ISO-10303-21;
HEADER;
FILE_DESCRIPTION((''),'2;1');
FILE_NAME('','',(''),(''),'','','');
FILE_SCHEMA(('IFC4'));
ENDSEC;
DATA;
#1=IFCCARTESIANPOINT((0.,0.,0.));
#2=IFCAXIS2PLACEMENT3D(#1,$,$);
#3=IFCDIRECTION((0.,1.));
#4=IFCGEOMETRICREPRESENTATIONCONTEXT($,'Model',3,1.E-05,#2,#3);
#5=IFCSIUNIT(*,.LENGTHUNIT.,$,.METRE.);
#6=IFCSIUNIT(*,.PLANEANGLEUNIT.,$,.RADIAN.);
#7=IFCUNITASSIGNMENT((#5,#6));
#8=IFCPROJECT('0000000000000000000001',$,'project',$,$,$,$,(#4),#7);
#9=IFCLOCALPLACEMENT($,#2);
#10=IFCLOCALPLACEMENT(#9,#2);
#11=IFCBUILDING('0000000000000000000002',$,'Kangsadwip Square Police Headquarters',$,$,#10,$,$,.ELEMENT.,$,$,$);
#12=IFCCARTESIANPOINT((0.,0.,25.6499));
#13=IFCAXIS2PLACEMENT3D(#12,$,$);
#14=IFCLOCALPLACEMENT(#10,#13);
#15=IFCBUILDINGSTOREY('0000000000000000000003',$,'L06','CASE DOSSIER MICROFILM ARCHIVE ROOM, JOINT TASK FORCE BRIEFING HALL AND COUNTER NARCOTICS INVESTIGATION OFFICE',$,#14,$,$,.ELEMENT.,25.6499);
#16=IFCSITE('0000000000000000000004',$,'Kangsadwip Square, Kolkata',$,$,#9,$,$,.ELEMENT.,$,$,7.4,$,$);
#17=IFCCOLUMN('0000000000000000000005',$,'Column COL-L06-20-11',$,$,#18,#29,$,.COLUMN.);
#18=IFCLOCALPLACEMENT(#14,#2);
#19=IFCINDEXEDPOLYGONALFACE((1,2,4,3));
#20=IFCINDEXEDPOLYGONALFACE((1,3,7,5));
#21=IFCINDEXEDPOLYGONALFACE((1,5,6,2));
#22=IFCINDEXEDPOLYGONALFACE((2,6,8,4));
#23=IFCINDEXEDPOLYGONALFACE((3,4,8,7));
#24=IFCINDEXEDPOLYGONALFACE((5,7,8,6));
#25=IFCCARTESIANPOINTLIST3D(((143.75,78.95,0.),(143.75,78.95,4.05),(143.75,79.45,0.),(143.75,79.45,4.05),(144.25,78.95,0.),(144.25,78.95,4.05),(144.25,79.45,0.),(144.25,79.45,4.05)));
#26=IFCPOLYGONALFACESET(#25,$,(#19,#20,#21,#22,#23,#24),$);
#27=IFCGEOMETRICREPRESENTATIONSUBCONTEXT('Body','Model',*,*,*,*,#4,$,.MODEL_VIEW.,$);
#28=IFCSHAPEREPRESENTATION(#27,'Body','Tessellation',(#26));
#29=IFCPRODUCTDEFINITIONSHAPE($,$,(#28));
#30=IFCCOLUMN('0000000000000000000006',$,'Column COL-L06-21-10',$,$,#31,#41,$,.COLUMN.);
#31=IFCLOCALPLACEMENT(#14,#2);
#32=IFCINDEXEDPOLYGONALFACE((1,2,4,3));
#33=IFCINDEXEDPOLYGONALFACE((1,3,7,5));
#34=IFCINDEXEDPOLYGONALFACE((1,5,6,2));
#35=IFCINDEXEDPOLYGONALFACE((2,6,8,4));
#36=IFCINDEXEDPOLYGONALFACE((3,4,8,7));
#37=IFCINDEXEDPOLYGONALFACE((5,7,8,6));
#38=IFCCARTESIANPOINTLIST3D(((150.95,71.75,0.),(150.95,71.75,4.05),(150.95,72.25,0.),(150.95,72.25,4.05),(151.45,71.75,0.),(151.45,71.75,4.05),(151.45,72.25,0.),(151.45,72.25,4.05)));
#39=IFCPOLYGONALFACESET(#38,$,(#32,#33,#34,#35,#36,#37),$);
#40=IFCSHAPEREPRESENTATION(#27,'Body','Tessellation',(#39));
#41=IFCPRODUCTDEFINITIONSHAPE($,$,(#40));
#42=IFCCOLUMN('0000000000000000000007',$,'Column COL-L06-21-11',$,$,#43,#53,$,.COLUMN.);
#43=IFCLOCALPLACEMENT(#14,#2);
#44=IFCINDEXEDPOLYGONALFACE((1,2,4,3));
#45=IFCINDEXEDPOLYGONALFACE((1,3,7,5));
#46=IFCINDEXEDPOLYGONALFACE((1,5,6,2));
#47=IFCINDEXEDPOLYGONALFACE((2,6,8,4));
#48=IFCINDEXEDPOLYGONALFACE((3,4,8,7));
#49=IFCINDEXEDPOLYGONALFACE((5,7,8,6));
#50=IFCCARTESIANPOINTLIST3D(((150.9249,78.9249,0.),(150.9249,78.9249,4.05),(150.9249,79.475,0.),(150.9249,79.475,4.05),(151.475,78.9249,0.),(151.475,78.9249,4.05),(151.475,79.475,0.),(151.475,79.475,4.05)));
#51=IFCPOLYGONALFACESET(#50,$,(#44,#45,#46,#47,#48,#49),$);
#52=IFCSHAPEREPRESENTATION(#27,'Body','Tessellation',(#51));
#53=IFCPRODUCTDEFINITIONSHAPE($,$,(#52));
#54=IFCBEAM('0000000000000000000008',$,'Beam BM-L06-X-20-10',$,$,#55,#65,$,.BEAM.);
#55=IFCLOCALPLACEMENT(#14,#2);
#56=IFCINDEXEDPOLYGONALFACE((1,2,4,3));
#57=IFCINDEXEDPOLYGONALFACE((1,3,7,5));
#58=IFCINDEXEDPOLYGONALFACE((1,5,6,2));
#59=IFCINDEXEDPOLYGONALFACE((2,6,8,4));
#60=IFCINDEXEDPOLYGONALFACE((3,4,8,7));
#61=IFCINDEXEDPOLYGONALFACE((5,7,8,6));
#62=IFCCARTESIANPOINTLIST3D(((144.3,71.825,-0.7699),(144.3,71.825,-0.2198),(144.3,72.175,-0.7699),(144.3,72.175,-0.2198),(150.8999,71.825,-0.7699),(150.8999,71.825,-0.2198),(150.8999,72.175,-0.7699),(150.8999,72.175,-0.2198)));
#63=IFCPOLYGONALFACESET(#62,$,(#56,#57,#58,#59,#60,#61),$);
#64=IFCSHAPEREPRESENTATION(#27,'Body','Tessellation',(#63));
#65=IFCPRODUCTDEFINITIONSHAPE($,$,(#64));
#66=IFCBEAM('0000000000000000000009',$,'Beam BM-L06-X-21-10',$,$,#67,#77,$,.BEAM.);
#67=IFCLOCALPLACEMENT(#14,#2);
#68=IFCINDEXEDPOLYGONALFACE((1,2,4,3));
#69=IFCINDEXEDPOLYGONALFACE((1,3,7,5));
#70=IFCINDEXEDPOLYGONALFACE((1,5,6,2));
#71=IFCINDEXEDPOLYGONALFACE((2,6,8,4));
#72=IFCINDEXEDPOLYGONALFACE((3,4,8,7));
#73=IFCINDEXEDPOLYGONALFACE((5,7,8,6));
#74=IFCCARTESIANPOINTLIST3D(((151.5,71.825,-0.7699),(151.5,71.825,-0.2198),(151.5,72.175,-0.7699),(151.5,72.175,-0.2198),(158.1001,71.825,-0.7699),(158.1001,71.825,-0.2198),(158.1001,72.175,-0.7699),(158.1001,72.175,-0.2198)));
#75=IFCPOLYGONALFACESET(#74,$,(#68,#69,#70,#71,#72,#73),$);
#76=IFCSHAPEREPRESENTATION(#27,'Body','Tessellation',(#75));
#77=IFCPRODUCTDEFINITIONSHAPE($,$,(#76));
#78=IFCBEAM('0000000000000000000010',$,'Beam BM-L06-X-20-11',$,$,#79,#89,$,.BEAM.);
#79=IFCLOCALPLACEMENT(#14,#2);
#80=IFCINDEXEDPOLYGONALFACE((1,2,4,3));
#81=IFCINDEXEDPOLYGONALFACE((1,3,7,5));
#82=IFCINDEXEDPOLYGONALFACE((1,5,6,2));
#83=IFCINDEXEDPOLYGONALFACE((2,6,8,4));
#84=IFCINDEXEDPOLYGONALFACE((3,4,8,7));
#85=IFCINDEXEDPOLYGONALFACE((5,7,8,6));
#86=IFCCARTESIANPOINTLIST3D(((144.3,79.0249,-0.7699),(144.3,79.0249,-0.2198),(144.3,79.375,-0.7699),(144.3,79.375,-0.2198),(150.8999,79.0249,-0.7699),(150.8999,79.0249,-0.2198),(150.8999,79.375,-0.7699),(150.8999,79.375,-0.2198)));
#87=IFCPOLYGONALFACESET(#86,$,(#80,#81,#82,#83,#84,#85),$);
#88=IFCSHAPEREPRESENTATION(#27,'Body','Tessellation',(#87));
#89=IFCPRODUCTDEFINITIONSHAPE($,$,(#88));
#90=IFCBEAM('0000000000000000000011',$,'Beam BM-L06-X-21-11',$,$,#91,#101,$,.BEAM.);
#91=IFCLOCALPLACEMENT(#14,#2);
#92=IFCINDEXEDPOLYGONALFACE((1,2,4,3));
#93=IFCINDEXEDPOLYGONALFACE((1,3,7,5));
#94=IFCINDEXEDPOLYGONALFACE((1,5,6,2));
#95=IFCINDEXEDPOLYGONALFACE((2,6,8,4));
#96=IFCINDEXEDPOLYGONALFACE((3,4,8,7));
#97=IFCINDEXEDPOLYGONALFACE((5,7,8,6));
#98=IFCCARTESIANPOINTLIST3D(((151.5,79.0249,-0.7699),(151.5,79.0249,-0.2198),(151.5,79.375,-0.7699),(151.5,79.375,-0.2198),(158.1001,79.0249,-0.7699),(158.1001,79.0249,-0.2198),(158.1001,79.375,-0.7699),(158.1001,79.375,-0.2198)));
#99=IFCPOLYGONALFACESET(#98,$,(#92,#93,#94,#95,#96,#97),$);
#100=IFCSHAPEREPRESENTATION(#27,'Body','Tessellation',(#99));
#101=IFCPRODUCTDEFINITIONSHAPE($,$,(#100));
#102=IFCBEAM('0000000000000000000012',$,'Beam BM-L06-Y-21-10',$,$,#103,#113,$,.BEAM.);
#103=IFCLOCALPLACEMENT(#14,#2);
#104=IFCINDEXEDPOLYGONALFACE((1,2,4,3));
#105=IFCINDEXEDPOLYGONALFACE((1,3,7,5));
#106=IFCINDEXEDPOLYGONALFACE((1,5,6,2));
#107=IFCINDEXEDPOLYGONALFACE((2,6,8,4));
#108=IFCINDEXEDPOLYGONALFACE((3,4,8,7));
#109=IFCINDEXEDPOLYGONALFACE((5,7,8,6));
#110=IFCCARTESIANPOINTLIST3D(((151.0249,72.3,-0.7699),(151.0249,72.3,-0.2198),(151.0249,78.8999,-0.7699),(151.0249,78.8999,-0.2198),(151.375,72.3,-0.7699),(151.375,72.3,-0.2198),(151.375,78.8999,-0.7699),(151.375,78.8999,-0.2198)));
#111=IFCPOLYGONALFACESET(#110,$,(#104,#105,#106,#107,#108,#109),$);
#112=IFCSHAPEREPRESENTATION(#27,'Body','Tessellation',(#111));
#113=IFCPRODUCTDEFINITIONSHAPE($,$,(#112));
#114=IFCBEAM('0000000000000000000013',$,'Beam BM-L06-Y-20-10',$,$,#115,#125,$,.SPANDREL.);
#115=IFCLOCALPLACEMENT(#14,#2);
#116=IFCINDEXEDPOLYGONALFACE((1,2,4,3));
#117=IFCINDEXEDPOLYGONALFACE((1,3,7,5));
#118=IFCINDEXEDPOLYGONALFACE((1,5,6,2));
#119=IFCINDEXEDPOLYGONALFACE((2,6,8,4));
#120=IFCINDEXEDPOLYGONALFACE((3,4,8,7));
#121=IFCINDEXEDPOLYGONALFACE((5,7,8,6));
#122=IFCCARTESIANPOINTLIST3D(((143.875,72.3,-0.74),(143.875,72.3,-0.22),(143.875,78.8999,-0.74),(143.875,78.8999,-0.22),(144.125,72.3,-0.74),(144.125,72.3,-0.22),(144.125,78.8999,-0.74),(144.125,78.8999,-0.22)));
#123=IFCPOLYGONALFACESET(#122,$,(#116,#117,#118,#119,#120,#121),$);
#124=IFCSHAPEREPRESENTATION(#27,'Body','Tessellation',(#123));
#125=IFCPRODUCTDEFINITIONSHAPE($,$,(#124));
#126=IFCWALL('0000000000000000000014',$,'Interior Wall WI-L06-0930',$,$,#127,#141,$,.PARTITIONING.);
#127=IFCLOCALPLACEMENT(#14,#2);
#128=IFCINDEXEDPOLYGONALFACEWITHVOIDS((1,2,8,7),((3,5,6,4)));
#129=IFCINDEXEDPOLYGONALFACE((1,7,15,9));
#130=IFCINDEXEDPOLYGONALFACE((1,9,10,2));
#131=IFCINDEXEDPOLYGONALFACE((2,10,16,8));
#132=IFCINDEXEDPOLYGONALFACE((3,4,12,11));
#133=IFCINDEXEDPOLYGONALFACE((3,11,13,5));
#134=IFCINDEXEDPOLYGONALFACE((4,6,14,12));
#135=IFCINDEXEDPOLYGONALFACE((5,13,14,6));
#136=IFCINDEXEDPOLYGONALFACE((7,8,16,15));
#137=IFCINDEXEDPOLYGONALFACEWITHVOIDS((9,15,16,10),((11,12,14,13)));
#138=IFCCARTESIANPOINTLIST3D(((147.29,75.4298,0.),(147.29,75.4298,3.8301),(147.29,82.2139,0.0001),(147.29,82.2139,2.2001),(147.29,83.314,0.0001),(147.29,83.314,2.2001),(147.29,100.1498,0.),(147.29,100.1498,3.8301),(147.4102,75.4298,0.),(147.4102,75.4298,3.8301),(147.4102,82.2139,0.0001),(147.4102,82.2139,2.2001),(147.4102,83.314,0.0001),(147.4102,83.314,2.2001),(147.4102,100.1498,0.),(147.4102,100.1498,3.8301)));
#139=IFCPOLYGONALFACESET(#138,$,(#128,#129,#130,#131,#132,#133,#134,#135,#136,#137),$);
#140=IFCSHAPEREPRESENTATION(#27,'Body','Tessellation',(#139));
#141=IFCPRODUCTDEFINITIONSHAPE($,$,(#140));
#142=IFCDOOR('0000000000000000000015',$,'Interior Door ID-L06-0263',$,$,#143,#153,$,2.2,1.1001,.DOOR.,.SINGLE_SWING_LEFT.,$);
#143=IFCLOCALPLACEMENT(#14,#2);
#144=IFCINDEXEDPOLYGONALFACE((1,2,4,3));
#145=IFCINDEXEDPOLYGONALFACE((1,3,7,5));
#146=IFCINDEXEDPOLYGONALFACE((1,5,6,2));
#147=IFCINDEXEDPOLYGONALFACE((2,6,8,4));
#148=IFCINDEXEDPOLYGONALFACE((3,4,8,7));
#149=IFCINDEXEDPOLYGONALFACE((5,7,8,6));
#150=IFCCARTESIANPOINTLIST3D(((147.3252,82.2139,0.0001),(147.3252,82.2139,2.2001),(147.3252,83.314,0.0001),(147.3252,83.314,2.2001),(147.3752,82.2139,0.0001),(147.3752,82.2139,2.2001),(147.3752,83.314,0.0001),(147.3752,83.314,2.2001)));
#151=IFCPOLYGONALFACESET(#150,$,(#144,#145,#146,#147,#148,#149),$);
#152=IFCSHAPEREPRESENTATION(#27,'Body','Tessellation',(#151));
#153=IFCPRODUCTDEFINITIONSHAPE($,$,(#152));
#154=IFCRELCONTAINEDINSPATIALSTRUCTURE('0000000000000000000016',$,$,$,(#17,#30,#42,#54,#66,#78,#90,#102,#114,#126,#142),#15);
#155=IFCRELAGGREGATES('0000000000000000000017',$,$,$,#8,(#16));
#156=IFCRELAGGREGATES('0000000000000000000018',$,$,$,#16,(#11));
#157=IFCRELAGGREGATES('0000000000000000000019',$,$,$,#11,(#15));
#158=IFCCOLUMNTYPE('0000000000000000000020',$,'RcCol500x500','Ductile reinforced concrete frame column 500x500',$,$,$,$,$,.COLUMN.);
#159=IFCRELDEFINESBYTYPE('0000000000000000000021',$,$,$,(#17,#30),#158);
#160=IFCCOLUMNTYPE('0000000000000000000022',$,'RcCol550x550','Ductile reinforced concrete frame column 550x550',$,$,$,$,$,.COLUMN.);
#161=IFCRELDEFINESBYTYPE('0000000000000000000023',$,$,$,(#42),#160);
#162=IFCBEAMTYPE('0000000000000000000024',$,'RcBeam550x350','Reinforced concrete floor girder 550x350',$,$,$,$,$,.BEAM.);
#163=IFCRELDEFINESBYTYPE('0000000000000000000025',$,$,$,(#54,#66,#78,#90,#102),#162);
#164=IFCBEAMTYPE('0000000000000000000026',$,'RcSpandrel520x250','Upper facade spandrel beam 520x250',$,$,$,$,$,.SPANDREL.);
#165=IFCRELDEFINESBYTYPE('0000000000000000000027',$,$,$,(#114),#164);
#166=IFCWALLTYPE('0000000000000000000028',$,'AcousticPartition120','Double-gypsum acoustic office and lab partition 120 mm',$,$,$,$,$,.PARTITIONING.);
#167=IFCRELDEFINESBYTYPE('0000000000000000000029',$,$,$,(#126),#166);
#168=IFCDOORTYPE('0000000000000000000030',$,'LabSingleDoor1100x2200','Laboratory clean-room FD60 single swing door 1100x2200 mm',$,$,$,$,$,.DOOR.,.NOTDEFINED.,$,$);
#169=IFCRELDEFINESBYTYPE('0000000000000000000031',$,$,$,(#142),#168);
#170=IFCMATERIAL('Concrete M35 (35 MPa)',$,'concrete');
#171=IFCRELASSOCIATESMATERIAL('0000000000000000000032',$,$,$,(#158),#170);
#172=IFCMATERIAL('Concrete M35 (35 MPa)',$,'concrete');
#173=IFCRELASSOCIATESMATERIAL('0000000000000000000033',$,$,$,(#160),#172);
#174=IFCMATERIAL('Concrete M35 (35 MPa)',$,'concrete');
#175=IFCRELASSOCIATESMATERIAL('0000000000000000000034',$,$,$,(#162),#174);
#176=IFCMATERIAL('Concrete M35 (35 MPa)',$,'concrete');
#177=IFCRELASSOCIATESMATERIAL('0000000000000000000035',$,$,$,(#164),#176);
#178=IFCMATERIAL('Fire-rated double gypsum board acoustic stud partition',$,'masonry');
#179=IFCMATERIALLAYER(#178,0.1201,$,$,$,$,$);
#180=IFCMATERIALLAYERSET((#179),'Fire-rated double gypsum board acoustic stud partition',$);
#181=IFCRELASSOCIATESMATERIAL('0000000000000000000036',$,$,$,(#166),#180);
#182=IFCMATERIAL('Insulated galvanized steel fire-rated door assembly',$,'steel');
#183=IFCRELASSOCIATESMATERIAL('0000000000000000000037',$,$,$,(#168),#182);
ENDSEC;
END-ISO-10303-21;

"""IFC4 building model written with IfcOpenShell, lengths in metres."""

from ifc_helpers import new_model, si_unit, direction, frame, frame_2d, origin, origin_2d, place, context, subcontext, project, spatial, rectangle, extrude, material, layer, layer_set, material_profile, profile_set, type_object, element, fill, save


model = new_model("IFC4")

# Units and contexts
model_context = context("Model", 3, precision=1e-05, world=origin(), true_north=direction((0.0, 1.0)))
body_context = subcontext(model_context, "Body", "Model", "MODEL_VIEW")
ifc_project = project(units=[si_unit("LENGTHUNIT", "METRE"), si_unit("PLANEANGLEUNIT", "RADIAN")], contexts=[model_context])

# Site, building, storey
site_placement = place(None, origin())
site = spatial("IfcSite", under=ifc_project, at=site_placement, Name="Kangsadwip Square, Kolkata", CompositionType="ELEMENT", RefElevation=7.4)
building_placement = place(site_placement, origin())
building = spatial("IfcBuilding", under=site, at=building_placement, Name="Kangsadwip Square Police Headquarters", CompositionType="ELEMENT")
storey_placement = place(building_placement, frame((0.0, 0.0, 25.6499)))
storey = spatial("IfcBuildingStorey", under=building, at=storey_placement, Name="L06", Description="CASE DOSSIER MICROFILM ARCHIVE ROOM, JOINT TASK FORCE BRIEFING HALL AND COUNTER NARCOTICS INVESTIGATION OFFICE", CompositionType="ELEMENT", Elevation=25.6499)

# Columns
ifc_material_1 = material(Name="Concrete M35 (35 MPa)", Category="concrete")
ifc_material_profile_1 = material_profile(ifc_material_1, rectangle(XDim=0.5, YDim=0.5, at=origin_2d()), Name="RC COL 500X500")
ifc_profile_set_1 = profile_set([ifc_material_profile_1], Name="Concrete M35 (35 MPa)")
column_type_1 = type_object("IfcColumnType", Name="RcCol500x500", Description="Ductile reinforced concrete frame column 500x500", PredefinedType="COLUMN", material=ifc_profile_set_1)
for number, where, z_axis, x_axis, name in (
    (1, (144.0, 79.2, 0.0), (0.0, 0.0, 1.0), (1.0, 0.0, 0.0), "Column COL-L06-20-11"),
    (2, (151.2, 72.0, 0.0), (0.0, 0.0, 1.0), (1.0, 0.0, 0.0), "Column COL-L06-21-10"),
):
    element("IfcColumn", number, at=place(storey_placement, frame(where, z_axis=z_axis, x_axis=x_axis)), inside=storey, type_object=column_type_1, Name=name, PredefinedType="COLUMN", context=body_context, shape_type="SweptSolid", body=[
        extrude(rectangle(XDim=0.5, YDim=0.5, at=origin_2d()), origin(), (0.0, 0.0, 1.0), 4.05),
    ])
ifc_material_2 = material(Name="Concrete M35 (35 MPa)", Category="concrete")
ifc_material_profile_2 = material_profile(ifc_material_2, rectangle(XDim=0.55, YDim=0.55, at=origin_2d()), Name="RC COL 550X550")
ifc_profile_set_2 = profile_set([ifc_material_profile_2], Name="Concrete M35 (35 MPa)")
column_type_2 = type_object("IfcColumnType", Name="RcCol550x550", Description="Ductile reinforced concrete frame column 550x550", PredefinedType="COLUMN", material=ifc_profile_set_2)
column_placement = place(storey_placement, frame((151.2, 79.2, 0.0), z_axis=(0.0, 0.0, 1.0), x_axis=(1.0, 0.0, 0.0)))
element("IfcColumn", 3, at=column_placement, inside=storey, type_object=column_type_2, Name="Column COL-L06-21-11", PredefinedType="COLUMN", context=body_context, shape_type="SweptSolid", body=[
    extrude(rectangle(XDim=0.55, YDim=0.55, at=origin_2d()), origin(), (0.0, 0.0, 1.0), 4.05),
])

# Beams
ifc_material_3 = material(Name="Concrete M35 (35 MPa)", Category="concrete")
ifc_material_profile_3 = material_profile(ifc_material_3, rectangle(XDim=0.3501, YDim=0.55, at=origin_2d()), Name="RC BM 550X350")
ifc_profile_set_3 = profile_set([ifc_material_profile_3], Name="Concrete M35 (35 MPa)")
beam_type_1 = type_object("IfcBeamType", Name="RcBeam550x350", Description="Reinforced concrete floor girder 550x350", PredefinedType="BEAM", material=ifc_profile_set_3)
beam_1_placement = place(storey_placement, frame((144.3, 72.0, -0.4949), z_axis=(1.0, 0.0, 0.0), x_axis=(0.0, 1.0, 0.0)))
element("IfcBeam", 4, at=beam_1_placement, inside=storey, type_object=beam_type_1, Name="Beam BM-L06-X-20-10", PredefinedType="BEAM", context=body_context, shape_type="SweptSolid", body=[
    extrude(rectangle(XDim=0.3501, YDim=0.55, at=origin_2d()), origin(), (0.0, 0.0, 1.0), 6.5999),
])
beam_2_placement = place(storey_placement, frame((151.5, 72.0, -0.4949), z_axis=(1.0, 0.0, 0.0), x_axis=(0.0, 1.0, 0.0)))
element("IfcBeam", 5, at=beam_2_placement, inside=storey, type_object=beam_type_1, Name="Beam BM-L06-X-21-10", PredefinedType="BEAM", context=body_context, shape_type="SweptSolid", body=[
    extrude(rectangle(XDim=0.3501, YDim=0.55, at=origin_2d()), origin(), (0.0, 0.0, 1.0), 6.6001),
])
beam_3_placement = place(storey_placement, frame((144.3, 79.2, -0.4949), z_axis=(1.0, 0.0, 0.0), x_axis=(0.0, 1.0, 0.0)))
element("IfcBeam", 6, at=beam_3_placement, inside=storey, type_object=beam_type_1, Name="Beam BM-L06-X-20-11", PredefinedType="BEAM", context=body_context, shape_type="SweptSolid", body=[
    extrude(rectangle(XDim=0.3501, YDim=0.55, at=origin_2d()), origin(), (0.0, 0.0, 1.0), 6.5999),
])
beam_4_placement = place(storey_placement, frame((151.5, 79.2, -0.4949), z_axis=(1.0, 0.0, 0.0), x_axis=(0.0, 1.0, 0.0)))
element("IfcBeam", 7, at=beam_4_placement, inside=storey, type_object=beam_type_1, Name="Beam BM-L06-X-21-11", PredefinedType="BEAM", context=body_context, shape_type="SweptSolid", body=[
    extrude(rectangle(XDim=0.3501, YDim=0.55, at=origin_2d()), origin(), (0.0, 0.0, 1.0), 6.6001),
])
beam_5_placement = place(storey_placement, frame((151.2, 72.3, -0.4949), z_axis=(0.0, 1.0, 0.0), x_axis=(-1.0, 0.0, 0.0)))
element("IfcBeam", 8, at=beam_5_placement, inside=storey, type_object=beam_type_1, Name="Beam BM-L06-Y-21-10", PredefinedType="BEAM", context=body_context, shape_type="SweptSolid", body=[
    extrude(rectangle(XDim=0.3501, YDim=0.55, at=origin_2d()), origin(), (0.0, 0.0, 1.0), 6.5999),
])
ifc_material_4 = material(Name="Concrete M35 (35 MPa)", Category="concrete")
ifc_material_profile_4 = material_profile(ifc_material_4, rectangle(XDim=0.25, YDim=0.52, at=origin_2d()), Name="RC SPN 520X250")
ifc_profile_set_4 = profile_set([ifc_material_profile_4], Name="Concrete M35 (35 MPa)")
beam_type_2 = type_object("IfcBeamType", Name="RcSpandrel520x250", Description="Upper facade spandrel beam 520x250", PredefinedType="SPANDREL", material=ifc_profile_set_4)
beam_6_placement = place(storey_placement, frame((144.0, 72.3, -0.48), z_axis=(0.0, 1.0, 0.0), x_axis=(-1.0, 0.0, 0.0)))
element("IfcBeam", 9, at=beam_6_placement, inside=storey, type_object=beam_type_2, Name="Beam BM-L06-Y-20-10", PredefinedType="SPANDREL", context=body_context, shape_type="SweptSolid", body=[
    extrude(rectangle(XDim=0.25, YDim=0.52, at=origin_2d()), origin(), (0.0, 0.0, 1.0), 6.5999),
])

# Wall, opening, door
ifc_material_5 = material(Name="Fire-rated double gypsum board acoustic stud partition", Category="masonry")
ifc_layer_1 = layer(ifc_material_5, 0.1201)
ifc_layer_set_1 = layer_set([ifc_layer_1], Name="Fire-rated double gypsum board acoustic stud partition")
wall_type_1 = type_object("IfcWallType", Name="AcousticPartition120", Description="Double-gypsum acoustic office and lab partition 120 mm", PredefinedType="PARTITIONING", material=ifc_layer_set_1)
wall_1_placement = place(storey_placement, frame((147.3501, 75.4299, 0.0), z_axis=(0.0, 0.0, 1.0), x_axis=(0.0, 1.0, 0.0)))
wall_1 = element("IfcWall", 10, at=wall_1_placement, inside=storey, type_object=wall_type_1, Name="Interior Wall WI-L06-0930", PredefinedType="PARTITIONING", context=body_context, shape_type="SweptSolid", body=[
    extrude(rectangle(XDim=24.72, YDim=0.1201, at=frame_2d((12.3599, 0.0))), origin(), (0.0, 0.0, 1.0), 3.8301),
])
opening_1_placement = place(wall_1_placement, frame((6.7839, 0.0, 0.0)))
opening_1 = element("IfcOpeningElement", 11, at=opening_1_placement, cuts=wall_1, PredefinedType="OPENING", context=body_context, shape_type="SweptSolid", body=[
    extrude(rectangle(XDim=1.1001, YDim=2.2, at=frame_2d((0.55, 1.1001))), frame((0.0, 0.0701, 0.0), z_axis=(0.0, -1.0, 0.0), x_axis=(1.0, 0.0, 0.0)), (0.0, 0.0, 1.0), 0.1401),
])
ifc_material_6 = material(Name="Insulated galvanized steel fire-rated door assembly", Category="steel")
door_type_1 = type_object("IfcDoorType", Name="LabSingleDoor1100x2200", Description="Laboratory clean-room FD60 single swing door 1100x2200 mm", OperationType="NOTDEFINED", PredefinedType="DOOR", material=ifc_material_6)
door_1_placement = place(opening_1_placement, origin())
door_1 = element("IfcDoor", 12, at=door_1_placement, inside=storey, type_object=door_type_1, Name="Interior Door ID-L06-0263", OperationType="SINGLE_SWING_LEFT", OverallHeight=2.2, OverallWidth=1.1001, PredefinedType="DOOR", context=body_context, shape_type="SweptSolid", body=[
    extrude(rectangle(XDim=1.1001, YDim=2.2, at=frame_2d((0.55, 1.1001))), frame((0.0, 0.0249, 0.0), z_axis=(0.0, -1.0, 0.0), x_axis=(1.0, 0.0, 0.0)), (0.0, 0.0, 1.0), 0.05),
])
fill(opening_1, door_1)

save(model, "model.ifc")
